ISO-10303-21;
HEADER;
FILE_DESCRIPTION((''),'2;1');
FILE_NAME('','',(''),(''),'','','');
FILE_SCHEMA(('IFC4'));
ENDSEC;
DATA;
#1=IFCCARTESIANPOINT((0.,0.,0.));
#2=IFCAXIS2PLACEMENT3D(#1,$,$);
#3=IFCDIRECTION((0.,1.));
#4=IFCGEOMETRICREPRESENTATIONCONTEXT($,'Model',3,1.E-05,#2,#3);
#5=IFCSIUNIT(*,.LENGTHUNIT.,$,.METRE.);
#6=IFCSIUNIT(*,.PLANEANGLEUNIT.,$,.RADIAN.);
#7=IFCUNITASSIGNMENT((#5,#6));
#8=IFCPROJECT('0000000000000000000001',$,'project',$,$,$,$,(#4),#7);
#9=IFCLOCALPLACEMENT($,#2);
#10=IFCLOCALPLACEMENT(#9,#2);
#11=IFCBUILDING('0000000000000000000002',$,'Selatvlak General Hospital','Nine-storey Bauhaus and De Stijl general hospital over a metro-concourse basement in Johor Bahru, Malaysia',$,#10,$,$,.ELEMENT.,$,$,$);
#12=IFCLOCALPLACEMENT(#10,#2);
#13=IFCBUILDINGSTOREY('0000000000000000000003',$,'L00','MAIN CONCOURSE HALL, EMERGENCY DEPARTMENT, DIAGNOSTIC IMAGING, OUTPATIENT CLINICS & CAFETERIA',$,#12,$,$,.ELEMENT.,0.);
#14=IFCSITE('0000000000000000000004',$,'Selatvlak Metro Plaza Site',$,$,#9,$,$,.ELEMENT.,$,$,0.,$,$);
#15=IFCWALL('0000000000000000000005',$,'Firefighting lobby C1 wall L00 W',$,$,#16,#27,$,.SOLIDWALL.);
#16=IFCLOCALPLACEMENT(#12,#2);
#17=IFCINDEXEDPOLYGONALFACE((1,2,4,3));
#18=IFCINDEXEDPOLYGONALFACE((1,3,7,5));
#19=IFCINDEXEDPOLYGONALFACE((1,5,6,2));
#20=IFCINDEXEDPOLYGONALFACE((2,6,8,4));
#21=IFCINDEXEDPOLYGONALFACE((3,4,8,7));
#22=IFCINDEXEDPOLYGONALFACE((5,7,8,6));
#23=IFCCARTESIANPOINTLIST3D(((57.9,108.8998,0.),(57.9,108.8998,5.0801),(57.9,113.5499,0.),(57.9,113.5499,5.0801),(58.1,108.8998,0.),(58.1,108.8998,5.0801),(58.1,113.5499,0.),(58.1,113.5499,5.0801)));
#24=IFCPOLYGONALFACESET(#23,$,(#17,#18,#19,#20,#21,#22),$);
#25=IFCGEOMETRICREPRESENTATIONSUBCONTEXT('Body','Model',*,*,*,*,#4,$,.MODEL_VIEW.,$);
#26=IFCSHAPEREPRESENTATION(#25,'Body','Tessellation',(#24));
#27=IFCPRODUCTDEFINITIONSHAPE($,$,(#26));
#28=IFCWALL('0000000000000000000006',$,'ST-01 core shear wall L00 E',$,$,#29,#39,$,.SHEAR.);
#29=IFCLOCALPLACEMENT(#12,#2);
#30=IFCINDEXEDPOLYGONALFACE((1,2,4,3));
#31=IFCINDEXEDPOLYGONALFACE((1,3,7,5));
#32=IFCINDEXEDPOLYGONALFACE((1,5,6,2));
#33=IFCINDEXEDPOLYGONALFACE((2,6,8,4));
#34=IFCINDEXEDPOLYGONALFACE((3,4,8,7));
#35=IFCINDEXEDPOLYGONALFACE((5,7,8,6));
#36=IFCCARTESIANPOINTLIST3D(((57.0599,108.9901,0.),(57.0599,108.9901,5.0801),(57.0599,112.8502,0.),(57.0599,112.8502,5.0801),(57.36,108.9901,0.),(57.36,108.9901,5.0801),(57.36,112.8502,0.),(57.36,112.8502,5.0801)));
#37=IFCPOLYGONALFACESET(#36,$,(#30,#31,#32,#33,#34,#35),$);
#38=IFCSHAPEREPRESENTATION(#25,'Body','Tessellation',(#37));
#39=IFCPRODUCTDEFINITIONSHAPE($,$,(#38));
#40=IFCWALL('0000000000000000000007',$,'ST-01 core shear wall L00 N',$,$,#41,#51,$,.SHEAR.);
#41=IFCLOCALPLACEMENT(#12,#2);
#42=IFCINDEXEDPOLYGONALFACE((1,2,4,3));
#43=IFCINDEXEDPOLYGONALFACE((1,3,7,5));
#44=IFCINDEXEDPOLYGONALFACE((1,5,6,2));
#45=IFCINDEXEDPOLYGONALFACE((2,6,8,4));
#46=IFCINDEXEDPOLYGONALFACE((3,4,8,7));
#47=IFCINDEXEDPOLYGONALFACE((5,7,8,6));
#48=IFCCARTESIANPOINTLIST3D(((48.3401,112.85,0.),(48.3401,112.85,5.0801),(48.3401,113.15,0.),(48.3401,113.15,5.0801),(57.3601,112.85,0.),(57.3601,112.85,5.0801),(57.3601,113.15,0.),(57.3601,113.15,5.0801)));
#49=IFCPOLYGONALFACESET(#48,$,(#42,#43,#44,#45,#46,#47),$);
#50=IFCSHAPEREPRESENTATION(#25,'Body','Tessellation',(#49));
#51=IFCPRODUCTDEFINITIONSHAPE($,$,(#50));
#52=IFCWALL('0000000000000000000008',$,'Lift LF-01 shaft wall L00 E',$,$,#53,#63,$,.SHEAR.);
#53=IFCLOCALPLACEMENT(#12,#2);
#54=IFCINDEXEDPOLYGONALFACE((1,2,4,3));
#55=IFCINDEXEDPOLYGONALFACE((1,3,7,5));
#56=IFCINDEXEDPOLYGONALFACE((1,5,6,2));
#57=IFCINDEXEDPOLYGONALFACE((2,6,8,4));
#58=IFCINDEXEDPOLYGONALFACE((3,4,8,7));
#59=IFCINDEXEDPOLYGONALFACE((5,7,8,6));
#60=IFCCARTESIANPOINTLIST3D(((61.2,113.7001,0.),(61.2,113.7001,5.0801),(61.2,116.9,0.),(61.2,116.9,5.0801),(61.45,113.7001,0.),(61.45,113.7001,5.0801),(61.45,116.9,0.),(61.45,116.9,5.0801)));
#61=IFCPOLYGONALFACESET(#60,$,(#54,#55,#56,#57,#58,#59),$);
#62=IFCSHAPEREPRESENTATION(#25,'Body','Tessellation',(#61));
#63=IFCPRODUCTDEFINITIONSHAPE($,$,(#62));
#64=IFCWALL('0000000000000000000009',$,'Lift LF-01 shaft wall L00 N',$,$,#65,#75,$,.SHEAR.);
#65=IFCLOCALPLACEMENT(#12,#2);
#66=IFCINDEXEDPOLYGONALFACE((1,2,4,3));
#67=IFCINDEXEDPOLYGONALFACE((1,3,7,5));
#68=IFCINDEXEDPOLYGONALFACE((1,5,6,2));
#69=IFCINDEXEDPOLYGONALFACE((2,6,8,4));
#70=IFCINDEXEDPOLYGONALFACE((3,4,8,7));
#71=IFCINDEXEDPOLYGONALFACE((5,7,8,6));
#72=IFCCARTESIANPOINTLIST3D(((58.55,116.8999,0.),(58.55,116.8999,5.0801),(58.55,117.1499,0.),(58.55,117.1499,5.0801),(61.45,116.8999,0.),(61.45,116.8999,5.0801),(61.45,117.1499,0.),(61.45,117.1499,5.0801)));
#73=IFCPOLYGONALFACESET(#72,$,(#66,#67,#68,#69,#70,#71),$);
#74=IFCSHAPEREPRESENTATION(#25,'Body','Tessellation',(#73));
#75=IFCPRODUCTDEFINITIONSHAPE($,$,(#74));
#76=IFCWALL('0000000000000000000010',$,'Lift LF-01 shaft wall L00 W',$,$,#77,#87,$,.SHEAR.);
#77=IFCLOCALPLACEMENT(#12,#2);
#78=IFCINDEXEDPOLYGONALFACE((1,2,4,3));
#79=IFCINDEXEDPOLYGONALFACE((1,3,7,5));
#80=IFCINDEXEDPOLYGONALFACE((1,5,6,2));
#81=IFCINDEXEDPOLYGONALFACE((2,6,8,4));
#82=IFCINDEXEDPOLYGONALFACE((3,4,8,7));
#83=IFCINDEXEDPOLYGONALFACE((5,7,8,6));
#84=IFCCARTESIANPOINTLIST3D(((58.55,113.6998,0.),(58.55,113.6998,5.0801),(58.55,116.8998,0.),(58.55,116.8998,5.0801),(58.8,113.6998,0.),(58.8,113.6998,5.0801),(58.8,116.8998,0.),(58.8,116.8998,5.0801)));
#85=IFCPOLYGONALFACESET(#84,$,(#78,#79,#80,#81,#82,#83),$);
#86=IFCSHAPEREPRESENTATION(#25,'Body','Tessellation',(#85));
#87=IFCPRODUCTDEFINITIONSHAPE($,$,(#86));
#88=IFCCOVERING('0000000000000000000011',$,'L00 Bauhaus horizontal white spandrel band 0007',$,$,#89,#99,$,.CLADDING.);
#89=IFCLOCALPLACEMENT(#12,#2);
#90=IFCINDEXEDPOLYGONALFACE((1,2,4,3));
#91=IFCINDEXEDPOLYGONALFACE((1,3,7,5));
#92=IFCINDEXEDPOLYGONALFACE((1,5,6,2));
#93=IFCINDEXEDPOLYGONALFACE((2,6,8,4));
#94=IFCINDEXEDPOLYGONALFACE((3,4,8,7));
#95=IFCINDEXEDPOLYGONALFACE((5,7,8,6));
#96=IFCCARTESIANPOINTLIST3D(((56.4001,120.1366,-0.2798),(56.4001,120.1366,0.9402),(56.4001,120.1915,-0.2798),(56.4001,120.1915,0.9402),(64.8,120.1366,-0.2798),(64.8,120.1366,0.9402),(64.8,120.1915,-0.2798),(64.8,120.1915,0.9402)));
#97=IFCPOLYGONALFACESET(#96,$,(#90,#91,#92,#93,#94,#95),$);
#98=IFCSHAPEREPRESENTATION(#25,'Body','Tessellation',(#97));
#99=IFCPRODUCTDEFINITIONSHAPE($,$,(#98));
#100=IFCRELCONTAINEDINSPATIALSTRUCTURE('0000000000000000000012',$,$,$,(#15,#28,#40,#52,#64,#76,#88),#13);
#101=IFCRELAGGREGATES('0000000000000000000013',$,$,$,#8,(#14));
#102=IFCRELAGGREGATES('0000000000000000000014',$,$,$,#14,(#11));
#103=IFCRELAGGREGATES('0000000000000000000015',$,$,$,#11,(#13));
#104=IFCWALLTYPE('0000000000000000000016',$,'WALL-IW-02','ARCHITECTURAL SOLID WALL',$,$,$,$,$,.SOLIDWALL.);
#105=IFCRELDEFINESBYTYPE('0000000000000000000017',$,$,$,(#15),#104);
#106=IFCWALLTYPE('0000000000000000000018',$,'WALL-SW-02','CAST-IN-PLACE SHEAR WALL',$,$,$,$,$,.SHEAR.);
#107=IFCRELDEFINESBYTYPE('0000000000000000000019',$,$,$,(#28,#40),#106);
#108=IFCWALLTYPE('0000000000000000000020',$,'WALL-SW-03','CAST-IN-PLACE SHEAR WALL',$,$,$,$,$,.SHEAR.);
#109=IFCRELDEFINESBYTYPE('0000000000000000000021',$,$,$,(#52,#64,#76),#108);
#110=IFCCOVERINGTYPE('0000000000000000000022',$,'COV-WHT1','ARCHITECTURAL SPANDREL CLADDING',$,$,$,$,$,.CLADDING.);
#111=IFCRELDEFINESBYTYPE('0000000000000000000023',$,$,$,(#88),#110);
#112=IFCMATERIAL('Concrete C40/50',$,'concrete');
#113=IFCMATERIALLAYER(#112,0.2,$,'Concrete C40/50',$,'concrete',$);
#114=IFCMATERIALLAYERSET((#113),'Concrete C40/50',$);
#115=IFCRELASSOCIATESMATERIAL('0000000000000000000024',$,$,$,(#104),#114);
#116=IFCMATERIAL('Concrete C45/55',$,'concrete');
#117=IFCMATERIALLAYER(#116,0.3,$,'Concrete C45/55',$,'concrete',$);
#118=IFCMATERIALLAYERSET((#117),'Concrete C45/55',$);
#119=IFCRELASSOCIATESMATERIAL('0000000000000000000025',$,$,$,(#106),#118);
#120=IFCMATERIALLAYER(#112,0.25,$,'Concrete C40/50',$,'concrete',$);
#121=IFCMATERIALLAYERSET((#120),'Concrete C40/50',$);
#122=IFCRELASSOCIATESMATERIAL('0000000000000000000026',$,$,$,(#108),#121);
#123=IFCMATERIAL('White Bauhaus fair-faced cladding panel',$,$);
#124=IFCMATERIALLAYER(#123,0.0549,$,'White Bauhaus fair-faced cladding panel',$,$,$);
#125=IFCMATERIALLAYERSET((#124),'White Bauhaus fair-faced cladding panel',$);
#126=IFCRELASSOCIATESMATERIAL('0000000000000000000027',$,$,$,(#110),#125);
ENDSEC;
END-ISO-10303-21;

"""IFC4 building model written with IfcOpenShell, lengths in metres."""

from ifc_helpers import new_model, si_unit, direction, frame, frame_2d, origin, origin_2d, place, context, subcontext, project, spatial, rectangle, extrude, material, layer, layer_set, type_object, element, save


model = new_model("IFC4")

# Units and contexts
model_context = context("Model", 3, precision=1e-05, world=origin(), true_north=direction((0.0, 1.0)))
body_context = subcontext(model_context, "Body", "Model", "MODEL_VIEW")
ifc_project = project(units=[si_unit("LENGTHUNIT", "METRE"), si_unit("PLANEANGLEUNIT", "RADIAN")], contexts=[model_context])

# Site, building, storey
site_placement = place(None, origin())
site = spatial("IfcSite", under=ifc_project, at=site_placement, Name="Selatvlak Metro Plaza Site", CompositionType="ELEMENT", RefElevation=0.0)
building_placement = place(site_placement, origin())
building = spatial("IfcBuilding", under=site, at=building_placement, Name="Selatvlak General Hospital", Description="Nine-storey Bauhaus and De Stijl general hospital over a metro-concourse basement in Johor Bahru, Malaysia", CompositionType="ELEMENT")
storey_placement = place(building_placement, origin())
storey = spatial("IfcBuildingStorey", under=building, at=storey_placement, Name="L00", Description="MAIN CONCOURSE HALL, EMERGENCY DEPARTMENT, DIAGNOSTIC IMAGING, OUTPATIENT CLINICS & CAFETERIA", CompositionType="ELEMENT", Elevation=0.0)

# Shared definitions
ifc_material_1 = material(Name="Concrete C40/50", Category="concrete")

# Shared definitions
ifc_layer_1 = layer(ifc_material_1, 0.2, Name="Concrete C40/50", Category="concrete")
ifc_layer_set_1 = layer_set([ifc_layer_1], Name="Concrete C40/50")
wall_type_1 = type_object("IfcWallType", Name="WALL-IW-02", Description="ARCHITECTURAL SOLID WALL", PredefinedType="SOLIDWALL", material=ifc_layer_set_1)

# Walls
for number, where, z_axis, x_axis, name in (
    (1, (58.0, 113.55, 0.0), (0.0, 0.0, 1.0), (0.0, -1.0, 0.0), "Firefighting lobby C1 wall L00 W"),
):
    element("IfcWall", number, at=place(storey_placement, frame(where, z_axis=z_axis, x_axis=x_axis)), inside=storey, type_object=wall_type_1, Name=name, PredefinedType="SOLIDWALL", context=body_context, shape_type="SweptSolid", body=[
        extrude(rectangle(XDim=4.6501, YDim=0.2, at=frame_2d((2.3252, 0.0))), origin(), (0.0, 0.0, 1.0), 5.0801),
    ])
ifc_material_2 = material(Name="Concrete C45/55", Category="concrete")
ifc_layer_2 = layer(ifc_material_2, 0.3, Name="Concrete C45/55", Category="concrete")
ifc_layer_set_2 = layer_set([ifc_layer_2], Name="Concrete C45/55")
wall_type_2 = type_object("IfcWallType", Name="WALL-SW-02", Description="CAST-IN-PLACE SHEAR WALL", PredefinedType="SHEAR", material=ifc_layer_set_2)
wall_1_placement = place(storey_placement, frame((57.21, 108.99, 0.0), z_axis=(0.0, 0.0, 1.0), x_axis=(0.0, 1.0, 0.0)))
element("IfcWall", 2, at=wall_1_placement, inside=storey, type_object=wall_type_2, Name="ST-01 core shear wall L00 E", PredefinedType="SHEAR", context=body_context, shape_type="SweptSolid", body=[
    extrude(rectangle(XDim=3.8601, YDim=0.3, at=frame_2d((1.9302, 0.0))), origin(), (0.0, 0.0, 1.0), 5.0801),
])
wall_2_placement = place(storey_placement, frame((57.3601, 113.0, 0.0), z_axis=(0.0, 0.0, 1.0), x_axis=(-1.0, 0.0, 0.0)))
element("IfcWall", 3, at=wall_2_placement, inside=storey, type_object=wall_type_2, Name="ST-01 core shear wall L00 N", PredefinedType="SHEAR", context=body_context, shape_type="SweptSolid", body=[
    extrude(rectangle(XDim=9.02, YDim=0.3, at=frame_2d((4.51, 0.0))), origin(), (0.0, 0.0, 1.0), 5.0801),
])

# Shared definitions
ifc_layer_3 = layer(ifc_material_1, 0.25, Name="Concrete C40/50", Category="concrete")
ifc_layer_set_3 = layer_set([ifc_layer_3], Name="Concrete C40/50")
wall_type_3 = type_object("IfcWallType", Name="WALL-SW-03", Description="CAST-IN-PLACE SHEAR WALL", PredefinedType="SHEAR", material=ifc_layer_set_3)

# Walls
wall_3_placement = place(storey_placement, frame((61.325, 113.7, 0.0), z_axis=(0.0, 0.0, 1.0), x_axis=(0.0, 1.0, 0.0)))
element("IfcWall", 4, at=wall_3_placement, inside=storey, type_object=wall_type_3, Name="Lift LF-01 shaft wall L00 E", PredefinedType="SHEAR", context=body_context, shape_type="SweptSolid", body=[
    extrude(rectangle(XDim=3.2, YDim=0.25, at=frame_2d((1.6001, 0.0))), origin(), (0.0, 0.0, 1.0), 5.0801),
])
wall_4_placement = place(storey_placement, frame((61.45, 117.0249, 0.0), z_axis=(0.0, 0.0, 1.0), x_axis=(-1.0, 0.0, 0.0)))
element("IfcWall", 5, at=wall_4_placement, inside=storey, type_object=wall_type_3, Name="Lift LF-01 shaft wall L00 N", PredefinedType="SHEAR", context=body_context, shape_type="SweptSolid", body=[
    extrude(rectangle(XDim=2.8999, YDim=0.25, at=frame_2d((1.45, 0.0))), origin(), (0.0, 0.0, 1.0), 5.0801),
])
wall_5_placement = place(storey_placement, frame((58.675, 116.8999, 0.0), z_axis=(0.0, 0.0, 1.0), x_axis=(0.0, -1.0, 0.0)))
element("IfcWall", 6, at=wall_5_placement, inside=storey, type_object=wall_type_3, Name="Lift LF-01 shaft wall L00 W", PredefinedType="SHEAR", context=body_context, shape_type="SweptSolid", body=[
    extrude(rectangle(XDim=3.2, YDim=0.25, at=frame_2d((1.6001, 0.0))), origin(), (0.0, 0.0, 1.0), 5.0801),
])

# Covering
ifc_material_3 = material(Name="White Bauhaus fair-faced cladding panel")
ifc_layer_4 = layer(ifc_material_3, 0.0549, Name="White Bauhaus fair-faced cladding panel")
ifc_layer_set_4 = layer_set([ifc_layer_4], Name="White Bauhaus fair-faced cladding panel")
covering_type = type_object("IfcCoveringType", Name="COV-WHT1", Description="ARCHITECTURAL SPANDREL CLADDING", PredefinedType="CLADDING", material=ifc_layer_set_4)
covering_placement = place(storey_placement, frame((60.6001, 120.1641, -0.2798), z_axis=(0.0, 0.0, 1.0), x_axis=(1.0, 0.0, 0.0)))
element("IfcCovering", 7, at=covering_placement, inside=storey, type_object=covering_type, Name="L00 Bauhaus horizontal white spandrel band 0007", PredefinedType="CLADDING", context=body_context, shape_type="SweptSolid", body=[
    extrude(rectangle(XDim=8.3999, YDim=0.0549, at=origin_2d()), origin(), (0.0, 0.0, 1.0), 1.22),
])

save(model, "model.ifc")
